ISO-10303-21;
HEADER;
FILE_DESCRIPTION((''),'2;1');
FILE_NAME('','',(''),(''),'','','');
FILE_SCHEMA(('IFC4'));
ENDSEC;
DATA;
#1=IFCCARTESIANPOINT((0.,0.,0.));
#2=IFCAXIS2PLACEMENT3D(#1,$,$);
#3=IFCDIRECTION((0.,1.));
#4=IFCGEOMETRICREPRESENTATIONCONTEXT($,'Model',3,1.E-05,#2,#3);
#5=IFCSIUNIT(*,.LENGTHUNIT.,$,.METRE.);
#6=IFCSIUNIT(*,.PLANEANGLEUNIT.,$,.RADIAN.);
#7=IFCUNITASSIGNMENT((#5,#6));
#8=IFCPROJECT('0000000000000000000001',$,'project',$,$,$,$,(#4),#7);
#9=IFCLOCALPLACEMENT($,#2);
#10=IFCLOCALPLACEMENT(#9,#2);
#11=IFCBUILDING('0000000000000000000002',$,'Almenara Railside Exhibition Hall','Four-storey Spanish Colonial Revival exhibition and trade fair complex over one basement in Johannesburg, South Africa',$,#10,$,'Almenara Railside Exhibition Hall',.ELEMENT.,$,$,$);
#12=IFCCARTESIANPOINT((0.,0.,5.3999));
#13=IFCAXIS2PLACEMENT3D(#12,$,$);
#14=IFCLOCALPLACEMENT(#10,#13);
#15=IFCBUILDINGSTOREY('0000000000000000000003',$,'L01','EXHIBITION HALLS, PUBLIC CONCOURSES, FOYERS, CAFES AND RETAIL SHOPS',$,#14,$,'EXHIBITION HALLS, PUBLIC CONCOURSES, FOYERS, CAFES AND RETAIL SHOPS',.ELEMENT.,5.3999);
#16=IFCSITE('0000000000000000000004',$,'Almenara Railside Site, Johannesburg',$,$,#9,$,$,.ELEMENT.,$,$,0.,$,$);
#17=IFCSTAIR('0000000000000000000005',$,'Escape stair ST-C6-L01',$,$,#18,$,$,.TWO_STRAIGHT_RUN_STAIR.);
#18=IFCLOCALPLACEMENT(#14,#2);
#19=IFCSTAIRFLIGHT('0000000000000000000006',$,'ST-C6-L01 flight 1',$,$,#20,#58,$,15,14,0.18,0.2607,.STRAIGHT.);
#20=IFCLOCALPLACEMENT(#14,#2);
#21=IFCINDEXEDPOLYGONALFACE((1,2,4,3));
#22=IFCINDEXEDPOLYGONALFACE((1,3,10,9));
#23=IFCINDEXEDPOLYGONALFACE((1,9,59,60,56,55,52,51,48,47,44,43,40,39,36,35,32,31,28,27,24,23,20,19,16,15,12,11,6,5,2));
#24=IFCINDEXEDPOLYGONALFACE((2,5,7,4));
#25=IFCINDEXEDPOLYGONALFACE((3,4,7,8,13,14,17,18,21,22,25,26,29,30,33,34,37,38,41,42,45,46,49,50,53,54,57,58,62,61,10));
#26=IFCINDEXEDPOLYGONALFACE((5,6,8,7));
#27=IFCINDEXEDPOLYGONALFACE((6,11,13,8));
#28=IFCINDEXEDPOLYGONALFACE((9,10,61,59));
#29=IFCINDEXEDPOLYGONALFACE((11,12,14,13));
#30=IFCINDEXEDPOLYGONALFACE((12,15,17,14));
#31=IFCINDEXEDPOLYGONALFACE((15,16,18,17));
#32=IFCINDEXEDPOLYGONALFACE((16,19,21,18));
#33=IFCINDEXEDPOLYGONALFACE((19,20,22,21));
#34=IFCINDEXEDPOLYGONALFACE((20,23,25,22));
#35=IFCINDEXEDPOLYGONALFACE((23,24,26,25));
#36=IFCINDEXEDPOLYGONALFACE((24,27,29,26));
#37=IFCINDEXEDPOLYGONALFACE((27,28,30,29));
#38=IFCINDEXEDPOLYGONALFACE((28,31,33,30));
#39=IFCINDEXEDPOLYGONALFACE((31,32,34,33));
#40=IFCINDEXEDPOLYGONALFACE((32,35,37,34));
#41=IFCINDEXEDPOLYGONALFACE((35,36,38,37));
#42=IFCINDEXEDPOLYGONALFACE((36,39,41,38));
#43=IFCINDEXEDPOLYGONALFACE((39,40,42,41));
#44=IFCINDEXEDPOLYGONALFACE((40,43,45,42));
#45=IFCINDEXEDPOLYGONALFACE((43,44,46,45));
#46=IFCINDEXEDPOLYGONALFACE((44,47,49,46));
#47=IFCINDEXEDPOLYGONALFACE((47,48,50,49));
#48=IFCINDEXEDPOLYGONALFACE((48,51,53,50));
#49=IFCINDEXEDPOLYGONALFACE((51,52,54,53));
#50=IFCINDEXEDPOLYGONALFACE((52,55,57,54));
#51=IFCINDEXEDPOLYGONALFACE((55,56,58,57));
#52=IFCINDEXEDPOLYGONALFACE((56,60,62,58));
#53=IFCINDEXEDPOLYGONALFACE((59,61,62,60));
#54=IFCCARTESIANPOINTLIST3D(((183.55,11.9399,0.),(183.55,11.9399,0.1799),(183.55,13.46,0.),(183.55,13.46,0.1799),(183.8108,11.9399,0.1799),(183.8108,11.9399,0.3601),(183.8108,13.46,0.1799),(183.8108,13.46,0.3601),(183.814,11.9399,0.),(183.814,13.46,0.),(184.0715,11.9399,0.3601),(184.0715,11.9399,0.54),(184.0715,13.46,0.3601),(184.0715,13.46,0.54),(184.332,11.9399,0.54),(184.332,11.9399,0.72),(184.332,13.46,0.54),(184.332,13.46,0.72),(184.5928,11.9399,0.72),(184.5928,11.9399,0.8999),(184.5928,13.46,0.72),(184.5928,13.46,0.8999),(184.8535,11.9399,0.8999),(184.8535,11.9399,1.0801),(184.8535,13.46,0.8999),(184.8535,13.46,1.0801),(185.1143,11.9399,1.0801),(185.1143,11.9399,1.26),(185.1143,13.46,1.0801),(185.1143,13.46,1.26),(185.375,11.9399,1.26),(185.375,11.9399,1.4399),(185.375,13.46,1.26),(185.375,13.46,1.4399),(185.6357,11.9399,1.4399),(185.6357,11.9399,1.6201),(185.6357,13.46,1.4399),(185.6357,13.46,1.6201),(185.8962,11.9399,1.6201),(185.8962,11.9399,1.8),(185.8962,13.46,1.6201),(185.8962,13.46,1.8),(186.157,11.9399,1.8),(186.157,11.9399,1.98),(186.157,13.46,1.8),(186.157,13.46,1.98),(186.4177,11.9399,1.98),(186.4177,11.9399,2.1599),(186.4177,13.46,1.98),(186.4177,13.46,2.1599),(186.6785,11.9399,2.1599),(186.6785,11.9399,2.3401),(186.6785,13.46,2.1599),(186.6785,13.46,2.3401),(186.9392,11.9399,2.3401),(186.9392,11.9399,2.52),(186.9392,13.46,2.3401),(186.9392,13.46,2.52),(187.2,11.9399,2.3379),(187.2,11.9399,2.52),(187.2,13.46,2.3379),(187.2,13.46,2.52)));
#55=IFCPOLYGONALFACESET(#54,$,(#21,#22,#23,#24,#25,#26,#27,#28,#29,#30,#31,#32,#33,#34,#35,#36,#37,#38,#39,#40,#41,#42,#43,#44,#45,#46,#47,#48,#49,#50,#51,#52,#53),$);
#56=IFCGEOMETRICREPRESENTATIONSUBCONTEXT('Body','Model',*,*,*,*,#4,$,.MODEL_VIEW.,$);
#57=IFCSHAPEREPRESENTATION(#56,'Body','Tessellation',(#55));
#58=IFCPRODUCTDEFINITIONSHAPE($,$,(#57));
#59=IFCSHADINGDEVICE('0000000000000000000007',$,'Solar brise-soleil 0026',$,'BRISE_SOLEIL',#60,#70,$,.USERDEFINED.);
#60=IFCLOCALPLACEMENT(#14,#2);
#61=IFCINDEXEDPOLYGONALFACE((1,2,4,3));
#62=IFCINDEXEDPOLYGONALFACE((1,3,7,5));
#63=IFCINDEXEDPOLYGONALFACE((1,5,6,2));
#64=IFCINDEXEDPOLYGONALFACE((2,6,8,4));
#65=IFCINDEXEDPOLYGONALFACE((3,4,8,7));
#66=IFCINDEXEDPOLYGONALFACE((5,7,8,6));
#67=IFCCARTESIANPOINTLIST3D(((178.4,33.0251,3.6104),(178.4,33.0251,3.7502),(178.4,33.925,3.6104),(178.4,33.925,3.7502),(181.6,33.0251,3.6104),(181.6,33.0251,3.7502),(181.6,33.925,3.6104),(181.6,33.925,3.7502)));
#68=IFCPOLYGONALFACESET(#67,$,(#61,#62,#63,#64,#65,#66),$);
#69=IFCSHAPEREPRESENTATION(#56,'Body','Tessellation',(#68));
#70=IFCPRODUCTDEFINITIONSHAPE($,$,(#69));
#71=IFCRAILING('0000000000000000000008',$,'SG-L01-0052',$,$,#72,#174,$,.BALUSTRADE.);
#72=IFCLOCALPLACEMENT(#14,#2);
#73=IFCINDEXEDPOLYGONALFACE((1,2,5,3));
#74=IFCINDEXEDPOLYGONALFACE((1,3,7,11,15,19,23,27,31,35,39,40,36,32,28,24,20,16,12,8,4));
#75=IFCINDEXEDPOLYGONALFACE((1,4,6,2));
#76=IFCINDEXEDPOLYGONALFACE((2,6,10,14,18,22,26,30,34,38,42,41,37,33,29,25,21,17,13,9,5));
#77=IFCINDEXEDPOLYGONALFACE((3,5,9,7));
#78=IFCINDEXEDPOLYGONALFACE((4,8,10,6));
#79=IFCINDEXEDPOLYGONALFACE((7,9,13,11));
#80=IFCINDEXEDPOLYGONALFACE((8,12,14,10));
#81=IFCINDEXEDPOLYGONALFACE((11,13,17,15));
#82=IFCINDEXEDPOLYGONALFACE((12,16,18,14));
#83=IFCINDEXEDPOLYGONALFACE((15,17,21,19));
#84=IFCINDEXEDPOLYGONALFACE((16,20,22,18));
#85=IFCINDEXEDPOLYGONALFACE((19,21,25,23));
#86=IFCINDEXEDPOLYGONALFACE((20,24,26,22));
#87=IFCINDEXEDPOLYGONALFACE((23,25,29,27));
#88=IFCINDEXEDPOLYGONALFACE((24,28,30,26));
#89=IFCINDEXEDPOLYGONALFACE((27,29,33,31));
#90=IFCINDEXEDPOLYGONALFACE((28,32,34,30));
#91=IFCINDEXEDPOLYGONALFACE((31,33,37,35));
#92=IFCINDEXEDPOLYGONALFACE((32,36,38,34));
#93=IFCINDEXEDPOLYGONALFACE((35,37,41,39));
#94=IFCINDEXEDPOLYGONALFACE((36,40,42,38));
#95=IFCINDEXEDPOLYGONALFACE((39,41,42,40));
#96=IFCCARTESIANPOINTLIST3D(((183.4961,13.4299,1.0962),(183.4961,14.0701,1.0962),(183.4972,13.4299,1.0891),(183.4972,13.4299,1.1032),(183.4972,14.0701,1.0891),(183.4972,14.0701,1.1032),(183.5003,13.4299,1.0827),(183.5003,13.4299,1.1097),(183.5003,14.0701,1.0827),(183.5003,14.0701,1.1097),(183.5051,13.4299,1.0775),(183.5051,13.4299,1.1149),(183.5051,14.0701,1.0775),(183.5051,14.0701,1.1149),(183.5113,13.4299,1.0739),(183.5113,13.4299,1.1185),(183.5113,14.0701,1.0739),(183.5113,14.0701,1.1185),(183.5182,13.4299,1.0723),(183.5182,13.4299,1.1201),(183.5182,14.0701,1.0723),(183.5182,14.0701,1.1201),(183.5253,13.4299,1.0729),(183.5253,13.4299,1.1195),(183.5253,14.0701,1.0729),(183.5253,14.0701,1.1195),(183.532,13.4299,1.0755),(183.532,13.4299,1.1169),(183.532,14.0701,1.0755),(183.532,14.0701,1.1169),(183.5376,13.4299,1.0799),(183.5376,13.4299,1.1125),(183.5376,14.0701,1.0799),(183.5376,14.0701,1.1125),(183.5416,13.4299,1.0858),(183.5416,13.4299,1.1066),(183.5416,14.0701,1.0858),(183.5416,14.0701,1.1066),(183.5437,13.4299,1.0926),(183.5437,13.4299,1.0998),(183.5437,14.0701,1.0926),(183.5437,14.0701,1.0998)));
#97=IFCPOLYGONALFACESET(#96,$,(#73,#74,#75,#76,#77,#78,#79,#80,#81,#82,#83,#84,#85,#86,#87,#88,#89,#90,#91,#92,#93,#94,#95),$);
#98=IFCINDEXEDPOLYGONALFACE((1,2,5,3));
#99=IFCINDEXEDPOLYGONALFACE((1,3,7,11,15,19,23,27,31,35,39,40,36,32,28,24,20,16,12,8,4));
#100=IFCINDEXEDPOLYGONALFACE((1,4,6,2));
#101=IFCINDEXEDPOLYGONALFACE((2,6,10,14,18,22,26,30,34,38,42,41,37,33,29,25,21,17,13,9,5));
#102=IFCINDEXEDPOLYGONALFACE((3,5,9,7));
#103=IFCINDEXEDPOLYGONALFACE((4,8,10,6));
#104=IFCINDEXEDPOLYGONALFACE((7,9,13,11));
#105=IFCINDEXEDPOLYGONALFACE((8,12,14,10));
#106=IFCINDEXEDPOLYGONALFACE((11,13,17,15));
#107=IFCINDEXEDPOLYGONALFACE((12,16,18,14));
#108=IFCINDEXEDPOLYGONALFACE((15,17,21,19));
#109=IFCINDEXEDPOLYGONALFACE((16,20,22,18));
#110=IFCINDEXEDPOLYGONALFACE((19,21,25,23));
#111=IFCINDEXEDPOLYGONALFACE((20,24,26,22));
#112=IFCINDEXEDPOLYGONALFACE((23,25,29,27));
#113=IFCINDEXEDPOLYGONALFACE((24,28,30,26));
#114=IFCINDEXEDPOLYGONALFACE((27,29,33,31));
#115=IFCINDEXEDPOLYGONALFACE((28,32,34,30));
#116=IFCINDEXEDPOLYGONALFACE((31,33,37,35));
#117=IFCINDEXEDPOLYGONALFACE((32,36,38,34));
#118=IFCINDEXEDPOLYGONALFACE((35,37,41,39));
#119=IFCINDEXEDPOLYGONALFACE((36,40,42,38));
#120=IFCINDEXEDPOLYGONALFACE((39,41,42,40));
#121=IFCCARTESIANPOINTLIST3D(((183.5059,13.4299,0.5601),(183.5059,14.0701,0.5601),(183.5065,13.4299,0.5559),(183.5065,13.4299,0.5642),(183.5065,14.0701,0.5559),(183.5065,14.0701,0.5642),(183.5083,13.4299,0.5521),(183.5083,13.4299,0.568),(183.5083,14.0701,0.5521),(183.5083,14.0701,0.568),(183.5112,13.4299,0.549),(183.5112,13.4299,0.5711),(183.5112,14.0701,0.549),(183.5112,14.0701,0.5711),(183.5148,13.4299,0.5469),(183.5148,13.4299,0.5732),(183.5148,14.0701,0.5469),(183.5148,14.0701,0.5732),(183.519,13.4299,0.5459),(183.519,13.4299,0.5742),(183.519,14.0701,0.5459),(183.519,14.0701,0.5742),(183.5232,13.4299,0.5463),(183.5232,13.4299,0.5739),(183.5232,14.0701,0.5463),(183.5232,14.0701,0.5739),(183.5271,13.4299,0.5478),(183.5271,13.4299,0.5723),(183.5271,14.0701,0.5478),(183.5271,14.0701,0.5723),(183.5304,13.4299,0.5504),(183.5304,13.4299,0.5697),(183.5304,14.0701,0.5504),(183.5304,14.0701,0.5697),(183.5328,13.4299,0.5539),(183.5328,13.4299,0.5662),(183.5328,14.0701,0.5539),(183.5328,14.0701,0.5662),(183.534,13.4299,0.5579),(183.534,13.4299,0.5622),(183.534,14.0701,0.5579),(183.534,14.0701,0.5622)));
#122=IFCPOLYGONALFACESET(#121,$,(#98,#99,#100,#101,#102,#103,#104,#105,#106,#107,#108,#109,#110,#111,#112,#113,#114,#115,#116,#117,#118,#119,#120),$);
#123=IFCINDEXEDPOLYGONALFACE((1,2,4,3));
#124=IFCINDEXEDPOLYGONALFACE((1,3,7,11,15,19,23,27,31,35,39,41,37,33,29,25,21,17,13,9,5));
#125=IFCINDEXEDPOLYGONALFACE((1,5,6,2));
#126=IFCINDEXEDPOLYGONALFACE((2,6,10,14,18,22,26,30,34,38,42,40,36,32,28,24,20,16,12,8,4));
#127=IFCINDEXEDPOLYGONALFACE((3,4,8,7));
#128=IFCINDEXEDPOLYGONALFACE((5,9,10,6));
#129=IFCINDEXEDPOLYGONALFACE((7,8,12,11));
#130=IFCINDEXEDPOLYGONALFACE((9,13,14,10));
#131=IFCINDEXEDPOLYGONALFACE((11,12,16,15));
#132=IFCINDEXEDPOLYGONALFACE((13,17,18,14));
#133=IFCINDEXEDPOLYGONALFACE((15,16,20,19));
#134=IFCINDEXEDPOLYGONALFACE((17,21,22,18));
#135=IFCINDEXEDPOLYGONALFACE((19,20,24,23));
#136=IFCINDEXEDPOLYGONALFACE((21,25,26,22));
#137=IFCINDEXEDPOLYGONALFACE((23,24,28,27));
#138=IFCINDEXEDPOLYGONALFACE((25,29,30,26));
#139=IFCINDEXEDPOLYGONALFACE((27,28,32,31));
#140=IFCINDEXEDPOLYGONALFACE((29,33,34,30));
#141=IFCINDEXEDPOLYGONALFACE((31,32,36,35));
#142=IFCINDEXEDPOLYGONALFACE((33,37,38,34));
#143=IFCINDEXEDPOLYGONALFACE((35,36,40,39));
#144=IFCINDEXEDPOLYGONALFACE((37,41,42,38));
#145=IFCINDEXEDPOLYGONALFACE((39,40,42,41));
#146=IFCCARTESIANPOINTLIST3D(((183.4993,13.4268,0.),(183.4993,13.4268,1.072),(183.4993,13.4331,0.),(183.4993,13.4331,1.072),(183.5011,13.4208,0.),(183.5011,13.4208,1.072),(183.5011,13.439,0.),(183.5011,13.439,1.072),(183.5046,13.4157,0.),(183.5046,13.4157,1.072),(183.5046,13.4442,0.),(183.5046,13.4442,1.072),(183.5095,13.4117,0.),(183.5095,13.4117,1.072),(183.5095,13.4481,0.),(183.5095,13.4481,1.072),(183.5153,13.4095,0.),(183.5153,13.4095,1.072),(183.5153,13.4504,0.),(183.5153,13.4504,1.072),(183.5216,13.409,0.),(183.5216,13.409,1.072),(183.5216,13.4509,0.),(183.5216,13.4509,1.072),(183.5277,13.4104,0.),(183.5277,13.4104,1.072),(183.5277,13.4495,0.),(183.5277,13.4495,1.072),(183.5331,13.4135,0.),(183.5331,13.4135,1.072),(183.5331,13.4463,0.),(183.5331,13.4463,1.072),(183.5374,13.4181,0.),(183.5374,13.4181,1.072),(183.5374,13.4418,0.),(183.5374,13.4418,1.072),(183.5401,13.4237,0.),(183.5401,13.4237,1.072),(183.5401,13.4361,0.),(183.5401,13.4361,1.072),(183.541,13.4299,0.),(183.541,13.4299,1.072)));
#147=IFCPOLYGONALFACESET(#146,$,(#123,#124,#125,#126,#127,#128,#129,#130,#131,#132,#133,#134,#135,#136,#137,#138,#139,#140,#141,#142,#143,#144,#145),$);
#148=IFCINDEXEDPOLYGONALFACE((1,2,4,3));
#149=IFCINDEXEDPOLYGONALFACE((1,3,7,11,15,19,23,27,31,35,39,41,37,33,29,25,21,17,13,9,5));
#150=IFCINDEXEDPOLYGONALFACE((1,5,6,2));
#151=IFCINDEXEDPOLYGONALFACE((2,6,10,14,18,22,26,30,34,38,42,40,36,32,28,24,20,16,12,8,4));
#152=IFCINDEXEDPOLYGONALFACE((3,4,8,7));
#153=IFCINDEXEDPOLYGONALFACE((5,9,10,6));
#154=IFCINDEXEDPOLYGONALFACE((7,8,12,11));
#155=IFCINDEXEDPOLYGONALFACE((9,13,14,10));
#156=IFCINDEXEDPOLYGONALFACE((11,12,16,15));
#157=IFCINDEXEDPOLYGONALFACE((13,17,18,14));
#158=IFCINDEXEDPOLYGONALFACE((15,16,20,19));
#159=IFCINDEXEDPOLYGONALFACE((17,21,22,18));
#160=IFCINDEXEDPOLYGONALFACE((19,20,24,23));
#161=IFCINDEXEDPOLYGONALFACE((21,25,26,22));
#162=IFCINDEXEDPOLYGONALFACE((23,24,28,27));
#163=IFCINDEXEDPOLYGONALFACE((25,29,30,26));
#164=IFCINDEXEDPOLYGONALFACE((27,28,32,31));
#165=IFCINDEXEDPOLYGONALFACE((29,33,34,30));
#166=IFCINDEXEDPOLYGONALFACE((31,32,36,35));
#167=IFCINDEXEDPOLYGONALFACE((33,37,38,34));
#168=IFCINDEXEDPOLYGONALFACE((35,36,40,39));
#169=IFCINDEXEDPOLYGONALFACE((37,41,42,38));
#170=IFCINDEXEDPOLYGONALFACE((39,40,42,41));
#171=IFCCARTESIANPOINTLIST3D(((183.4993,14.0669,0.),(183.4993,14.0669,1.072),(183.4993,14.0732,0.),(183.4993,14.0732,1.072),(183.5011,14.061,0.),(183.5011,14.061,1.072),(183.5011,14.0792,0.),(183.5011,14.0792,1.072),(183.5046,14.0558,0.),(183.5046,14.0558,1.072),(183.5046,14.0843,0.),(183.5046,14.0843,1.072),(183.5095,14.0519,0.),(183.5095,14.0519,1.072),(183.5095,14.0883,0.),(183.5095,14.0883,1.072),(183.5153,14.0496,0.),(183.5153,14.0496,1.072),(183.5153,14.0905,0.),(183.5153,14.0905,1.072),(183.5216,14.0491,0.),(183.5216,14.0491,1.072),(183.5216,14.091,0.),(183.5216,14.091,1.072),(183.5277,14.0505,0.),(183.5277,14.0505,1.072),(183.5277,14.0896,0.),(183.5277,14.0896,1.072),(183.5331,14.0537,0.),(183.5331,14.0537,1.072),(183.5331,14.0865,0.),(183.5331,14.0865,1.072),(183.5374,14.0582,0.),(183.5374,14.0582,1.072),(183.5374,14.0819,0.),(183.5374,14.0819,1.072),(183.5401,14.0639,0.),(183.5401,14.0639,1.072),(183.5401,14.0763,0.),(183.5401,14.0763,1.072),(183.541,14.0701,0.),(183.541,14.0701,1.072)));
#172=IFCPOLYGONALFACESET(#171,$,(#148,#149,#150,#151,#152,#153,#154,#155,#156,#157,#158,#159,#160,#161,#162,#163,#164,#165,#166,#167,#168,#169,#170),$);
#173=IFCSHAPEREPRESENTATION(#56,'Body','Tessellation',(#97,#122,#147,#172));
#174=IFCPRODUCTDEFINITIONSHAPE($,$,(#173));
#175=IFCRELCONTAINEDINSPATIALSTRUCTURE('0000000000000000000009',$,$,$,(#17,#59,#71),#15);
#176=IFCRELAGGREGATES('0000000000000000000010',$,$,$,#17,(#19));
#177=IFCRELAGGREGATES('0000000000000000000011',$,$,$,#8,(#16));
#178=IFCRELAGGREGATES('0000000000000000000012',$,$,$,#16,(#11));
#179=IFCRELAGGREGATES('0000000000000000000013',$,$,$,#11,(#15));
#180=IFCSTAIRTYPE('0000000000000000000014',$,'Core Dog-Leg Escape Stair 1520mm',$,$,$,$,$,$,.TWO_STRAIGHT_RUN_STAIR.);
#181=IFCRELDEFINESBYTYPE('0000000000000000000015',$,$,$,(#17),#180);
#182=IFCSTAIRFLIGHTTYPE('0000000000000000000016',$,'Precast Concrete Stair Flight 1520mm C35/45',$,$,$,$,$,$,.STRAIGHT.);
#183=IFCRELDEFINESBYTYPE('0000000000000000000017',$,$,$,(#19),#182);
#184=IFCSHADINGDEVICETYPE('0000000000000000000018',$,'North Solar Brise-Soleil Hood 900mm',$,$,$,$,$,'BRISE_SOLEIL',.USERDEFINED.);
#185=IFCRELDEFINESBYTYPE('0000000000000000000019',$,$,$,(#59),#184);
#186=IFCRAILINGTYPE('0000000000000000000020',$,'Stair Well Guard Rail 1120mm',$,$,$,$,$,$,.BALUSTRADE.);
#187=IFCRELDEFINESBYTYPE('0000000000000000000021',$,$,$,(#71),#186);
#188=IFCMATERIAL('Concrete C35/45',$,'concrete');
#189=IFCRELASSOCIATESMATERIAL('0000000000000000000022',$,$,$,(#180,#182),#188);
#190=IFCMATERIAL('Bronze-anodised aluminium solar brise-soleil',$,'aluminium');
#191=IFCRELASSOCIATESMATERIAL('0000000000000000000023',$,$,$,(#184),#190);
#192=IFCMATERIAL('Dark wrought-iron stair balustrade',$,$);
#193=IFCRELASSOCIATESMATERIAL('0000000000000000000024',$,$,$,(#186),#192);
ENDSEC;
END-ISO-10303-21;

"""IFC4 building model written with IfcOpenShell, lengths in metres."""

from ifc_helpers import new_model, si_unit, direction, frame, origin, origin_2d, place, context, subcontext, project, spatial, polyline, rectangle, circle, outline, extrude, material, type_object, element, aggregate, save


model = new_model("IFC4")

# Units and contexts
model_context = context("Model", 3, precision=1e-05, world=origin(), true_north=direction((0.0, 1.0)))
body_context = subcontext(model_context, "Body", "Model", "MODEL_VIEW")
ifc_project = project(units=[si_unit("LENGTHUNIT", "METRE"), si_unit("PLANEANGLEUNIT", "RADIAN")], contexts=[model_context])

# Site, building, storey
site_placement = place(None, origin())
site = spatial("IfcSite", under=ifc_project, at=site_placement, Name="Almenara Railside Site, Johannesburg", CompositionType="ELEMENT", RefElevation=0.0)
building_placement = place(site_placement, origin())
building = spatial("IfcBuilding", under=site, at=building_placement, Name="Almenara Railside Exhibition Hall", Description="Four-storey Spanish Colonial Revival exhibition and trade fair complex over one basement in Johannesburg, South Africa", LongName="Almenara Railside Exhibition Hall", CompositionType="ELEMENT")
storey_placement = place(building_placement, frame((0.0, 0.0, 5.3999)))
storey = spatial("IfcBuildingStorey", under=building, at=storey_placement, Name="L01", Description="EXHIBITION HALLS, PUBLIC CONCOURSES, FOYERS, CAFES AND RETAIL SHOPS", LongName="EXHIBITION HALLS, PUBLIC CONCOURSES, FOYERS, CAFES AND RETAIL SHOPS", CompositionType="ELEMENT", Elevation=5.3999)

# Shared definitions
ifc_material_1 = material(Name="Concrete C35/45", Category="concrete")

# Stair, stair flight
stair_type = type_object("IfcStairType", Name="Core Dog-Leg Escape Stair 1520mm", PredefinedType="TWO_STRAIGHT_RUN_STAIR", material=ifc_material_1)
stair_placement = place(storey_placement, origin())
stair = element("IfcStair", 1, at=stair_placement, inside=storey, type_object=stair_type, Name="Escape stair ST-C6-L01", PredefinedType="TWO_STRAIGHT_RUN_STAIR")
stair_flight_type = type_object("IfcStairFlightType", Name="Precast Concrete Stair Flight 1520mm C35/45", PredefinedType="STRAIGHT", material=ifc_material_1)
stair_flight_placement = place(storey_placement, frame((183.55, 12.7, 0.0), z_axis=(0.0, 0.0, 1.0), x_axis=(1.0, 0.0, 0.0)))
stair_flight = element("IfcStairFlight", 2, at=stair_flight_placement, type_object=stair_flight_type, Name="ST-C6-L01 flight 1", NumberOfRisers=15, NumberOfTreads=14, PredefinedType="STRAIGHT", RiserHeight=0.18, TreadLength=0.2607, context=body_context, shape_type="SweptSolid", body=[
    extrude(outline(polyline([(0.0, 0.0), (0.0, 0.1799), (0.2607, 0.1799), (0.2607, 0.3601), (0.5215, 0.3601), (0.5215, 0.54), (0.782, 0.54), (0.782, 0.72), (1.0427, 0.72), (1.0427, 0.8999), (1.3035, 0.8999), (1.3035, 1.0801), (1.5642, 1.0801), (1.5642, 1.26), (1.825, 1.26), (1.825, 1.4399), (2.0857, 1.4399), (2.0857, 1.6201), (2.3462, 1.6201), (2.3462, 1.8), (2.6069, 1.8), (2.6069, 1.98), (2.8677, 1.98), (2.8677, 2.1599), (3.1284, 2.1599), (3.1284, 2.3401), (3.3892, 2.3401), (3.3892, 2.52), (3.6499, 2.52), (3.6499, 2.7), (3.6499, 2.3379), (0.2639, 0.0), (0.0, 0.0)])), frame((0.0, 0.76, 0.0), z_axis=(0.0, -1.0, 0.0), x_axis=(1.0, 0.0, 0.0)), (0.0, 0.0, 1.0), 1.52),
])
aggregate(stair, [stair_flight])

# Shading device
ifc_material_2 = material(Name="Bronze-anodised aluminium solar brise-soleil", Category="aluminium")
shading_device_type = type_object("IfcShadingDeviceType", Name="North Solar Brise-Soleil Hood 900mm", ElementType="BRISE_SOLEIL", PredefinedType="USERDEFINED", material=ifc_material_2)
shading_device_placement = place(storey_placement, frame((180.0, 33.4751, 3.6104), z_axis=(0.0, 0.0, 1.0), x_axis=(-1.0, 0.0, 0.0)))
element("IfcShadingDevice", 3, at=shading_device_placement, inside=storey, type_object=shading_device_type, Name="Solar brise-soleil 0026", ObjectType="BRISE_SOLEIL", PredefinedType="USERDEFINED", context=body_context, shape_type="SweptSolid", body=[
    extrude(rectangle(XDim=3.2, YDim=0.8999, at=origin_2d()), origin(), (0.0, 0.0, 1.0), 0.1399),
])

# Railing
ifc_material_3 = material(Name="Dark wrought-iron stair balustrade")
railing_type = type_object("IfcRailingType", Name="Stair Well Guard Rail 1120mm", PredefinedType="BALUSTRADE", material=ifc_material_3)
railing_1_placement = place(storey_placement, frame((183.52, 13.4299, 0.0)))
element("IfcRailing", 4, at=railing_1_placement, inside=storey, type_object=railing_type, Name="SG-L01-0052", PredefinedType="BALUSTRADE", context=body_context, shape_type="SweptSolid", body=[
    extrude(circle(Radius=0.0239, at=origin_2d()), frame((0.0, 0.0, 1.0962), z_axis=(0.0, 1.0, 0.0), x_axis=(-1.0, 0.0, 0.0)), (0.0, 0.0, 1.0), 0.6401),
    extrude(circle(Radius=0.0142, at=origin_2d()), frame((0.0, 0.0, 0.5601), z_axis=(0.0, 1.0, 0.0), x_axis=(-1.0, 0.0, 0.0)), (0.0, 0.0, 1.0), 0.6401),
    extrude(circle(Radius=0.021, at=origin_2d()), origin(), (0.0, 0.0, 1.0), 1.072),
    extrude(circle(Radius=0.021, at=origin_2d()), frame((0.0, 0.6401, 0.0)), (0.0, 0.0, 1.0), 1.072),
])

save(model, "model.ifc")
